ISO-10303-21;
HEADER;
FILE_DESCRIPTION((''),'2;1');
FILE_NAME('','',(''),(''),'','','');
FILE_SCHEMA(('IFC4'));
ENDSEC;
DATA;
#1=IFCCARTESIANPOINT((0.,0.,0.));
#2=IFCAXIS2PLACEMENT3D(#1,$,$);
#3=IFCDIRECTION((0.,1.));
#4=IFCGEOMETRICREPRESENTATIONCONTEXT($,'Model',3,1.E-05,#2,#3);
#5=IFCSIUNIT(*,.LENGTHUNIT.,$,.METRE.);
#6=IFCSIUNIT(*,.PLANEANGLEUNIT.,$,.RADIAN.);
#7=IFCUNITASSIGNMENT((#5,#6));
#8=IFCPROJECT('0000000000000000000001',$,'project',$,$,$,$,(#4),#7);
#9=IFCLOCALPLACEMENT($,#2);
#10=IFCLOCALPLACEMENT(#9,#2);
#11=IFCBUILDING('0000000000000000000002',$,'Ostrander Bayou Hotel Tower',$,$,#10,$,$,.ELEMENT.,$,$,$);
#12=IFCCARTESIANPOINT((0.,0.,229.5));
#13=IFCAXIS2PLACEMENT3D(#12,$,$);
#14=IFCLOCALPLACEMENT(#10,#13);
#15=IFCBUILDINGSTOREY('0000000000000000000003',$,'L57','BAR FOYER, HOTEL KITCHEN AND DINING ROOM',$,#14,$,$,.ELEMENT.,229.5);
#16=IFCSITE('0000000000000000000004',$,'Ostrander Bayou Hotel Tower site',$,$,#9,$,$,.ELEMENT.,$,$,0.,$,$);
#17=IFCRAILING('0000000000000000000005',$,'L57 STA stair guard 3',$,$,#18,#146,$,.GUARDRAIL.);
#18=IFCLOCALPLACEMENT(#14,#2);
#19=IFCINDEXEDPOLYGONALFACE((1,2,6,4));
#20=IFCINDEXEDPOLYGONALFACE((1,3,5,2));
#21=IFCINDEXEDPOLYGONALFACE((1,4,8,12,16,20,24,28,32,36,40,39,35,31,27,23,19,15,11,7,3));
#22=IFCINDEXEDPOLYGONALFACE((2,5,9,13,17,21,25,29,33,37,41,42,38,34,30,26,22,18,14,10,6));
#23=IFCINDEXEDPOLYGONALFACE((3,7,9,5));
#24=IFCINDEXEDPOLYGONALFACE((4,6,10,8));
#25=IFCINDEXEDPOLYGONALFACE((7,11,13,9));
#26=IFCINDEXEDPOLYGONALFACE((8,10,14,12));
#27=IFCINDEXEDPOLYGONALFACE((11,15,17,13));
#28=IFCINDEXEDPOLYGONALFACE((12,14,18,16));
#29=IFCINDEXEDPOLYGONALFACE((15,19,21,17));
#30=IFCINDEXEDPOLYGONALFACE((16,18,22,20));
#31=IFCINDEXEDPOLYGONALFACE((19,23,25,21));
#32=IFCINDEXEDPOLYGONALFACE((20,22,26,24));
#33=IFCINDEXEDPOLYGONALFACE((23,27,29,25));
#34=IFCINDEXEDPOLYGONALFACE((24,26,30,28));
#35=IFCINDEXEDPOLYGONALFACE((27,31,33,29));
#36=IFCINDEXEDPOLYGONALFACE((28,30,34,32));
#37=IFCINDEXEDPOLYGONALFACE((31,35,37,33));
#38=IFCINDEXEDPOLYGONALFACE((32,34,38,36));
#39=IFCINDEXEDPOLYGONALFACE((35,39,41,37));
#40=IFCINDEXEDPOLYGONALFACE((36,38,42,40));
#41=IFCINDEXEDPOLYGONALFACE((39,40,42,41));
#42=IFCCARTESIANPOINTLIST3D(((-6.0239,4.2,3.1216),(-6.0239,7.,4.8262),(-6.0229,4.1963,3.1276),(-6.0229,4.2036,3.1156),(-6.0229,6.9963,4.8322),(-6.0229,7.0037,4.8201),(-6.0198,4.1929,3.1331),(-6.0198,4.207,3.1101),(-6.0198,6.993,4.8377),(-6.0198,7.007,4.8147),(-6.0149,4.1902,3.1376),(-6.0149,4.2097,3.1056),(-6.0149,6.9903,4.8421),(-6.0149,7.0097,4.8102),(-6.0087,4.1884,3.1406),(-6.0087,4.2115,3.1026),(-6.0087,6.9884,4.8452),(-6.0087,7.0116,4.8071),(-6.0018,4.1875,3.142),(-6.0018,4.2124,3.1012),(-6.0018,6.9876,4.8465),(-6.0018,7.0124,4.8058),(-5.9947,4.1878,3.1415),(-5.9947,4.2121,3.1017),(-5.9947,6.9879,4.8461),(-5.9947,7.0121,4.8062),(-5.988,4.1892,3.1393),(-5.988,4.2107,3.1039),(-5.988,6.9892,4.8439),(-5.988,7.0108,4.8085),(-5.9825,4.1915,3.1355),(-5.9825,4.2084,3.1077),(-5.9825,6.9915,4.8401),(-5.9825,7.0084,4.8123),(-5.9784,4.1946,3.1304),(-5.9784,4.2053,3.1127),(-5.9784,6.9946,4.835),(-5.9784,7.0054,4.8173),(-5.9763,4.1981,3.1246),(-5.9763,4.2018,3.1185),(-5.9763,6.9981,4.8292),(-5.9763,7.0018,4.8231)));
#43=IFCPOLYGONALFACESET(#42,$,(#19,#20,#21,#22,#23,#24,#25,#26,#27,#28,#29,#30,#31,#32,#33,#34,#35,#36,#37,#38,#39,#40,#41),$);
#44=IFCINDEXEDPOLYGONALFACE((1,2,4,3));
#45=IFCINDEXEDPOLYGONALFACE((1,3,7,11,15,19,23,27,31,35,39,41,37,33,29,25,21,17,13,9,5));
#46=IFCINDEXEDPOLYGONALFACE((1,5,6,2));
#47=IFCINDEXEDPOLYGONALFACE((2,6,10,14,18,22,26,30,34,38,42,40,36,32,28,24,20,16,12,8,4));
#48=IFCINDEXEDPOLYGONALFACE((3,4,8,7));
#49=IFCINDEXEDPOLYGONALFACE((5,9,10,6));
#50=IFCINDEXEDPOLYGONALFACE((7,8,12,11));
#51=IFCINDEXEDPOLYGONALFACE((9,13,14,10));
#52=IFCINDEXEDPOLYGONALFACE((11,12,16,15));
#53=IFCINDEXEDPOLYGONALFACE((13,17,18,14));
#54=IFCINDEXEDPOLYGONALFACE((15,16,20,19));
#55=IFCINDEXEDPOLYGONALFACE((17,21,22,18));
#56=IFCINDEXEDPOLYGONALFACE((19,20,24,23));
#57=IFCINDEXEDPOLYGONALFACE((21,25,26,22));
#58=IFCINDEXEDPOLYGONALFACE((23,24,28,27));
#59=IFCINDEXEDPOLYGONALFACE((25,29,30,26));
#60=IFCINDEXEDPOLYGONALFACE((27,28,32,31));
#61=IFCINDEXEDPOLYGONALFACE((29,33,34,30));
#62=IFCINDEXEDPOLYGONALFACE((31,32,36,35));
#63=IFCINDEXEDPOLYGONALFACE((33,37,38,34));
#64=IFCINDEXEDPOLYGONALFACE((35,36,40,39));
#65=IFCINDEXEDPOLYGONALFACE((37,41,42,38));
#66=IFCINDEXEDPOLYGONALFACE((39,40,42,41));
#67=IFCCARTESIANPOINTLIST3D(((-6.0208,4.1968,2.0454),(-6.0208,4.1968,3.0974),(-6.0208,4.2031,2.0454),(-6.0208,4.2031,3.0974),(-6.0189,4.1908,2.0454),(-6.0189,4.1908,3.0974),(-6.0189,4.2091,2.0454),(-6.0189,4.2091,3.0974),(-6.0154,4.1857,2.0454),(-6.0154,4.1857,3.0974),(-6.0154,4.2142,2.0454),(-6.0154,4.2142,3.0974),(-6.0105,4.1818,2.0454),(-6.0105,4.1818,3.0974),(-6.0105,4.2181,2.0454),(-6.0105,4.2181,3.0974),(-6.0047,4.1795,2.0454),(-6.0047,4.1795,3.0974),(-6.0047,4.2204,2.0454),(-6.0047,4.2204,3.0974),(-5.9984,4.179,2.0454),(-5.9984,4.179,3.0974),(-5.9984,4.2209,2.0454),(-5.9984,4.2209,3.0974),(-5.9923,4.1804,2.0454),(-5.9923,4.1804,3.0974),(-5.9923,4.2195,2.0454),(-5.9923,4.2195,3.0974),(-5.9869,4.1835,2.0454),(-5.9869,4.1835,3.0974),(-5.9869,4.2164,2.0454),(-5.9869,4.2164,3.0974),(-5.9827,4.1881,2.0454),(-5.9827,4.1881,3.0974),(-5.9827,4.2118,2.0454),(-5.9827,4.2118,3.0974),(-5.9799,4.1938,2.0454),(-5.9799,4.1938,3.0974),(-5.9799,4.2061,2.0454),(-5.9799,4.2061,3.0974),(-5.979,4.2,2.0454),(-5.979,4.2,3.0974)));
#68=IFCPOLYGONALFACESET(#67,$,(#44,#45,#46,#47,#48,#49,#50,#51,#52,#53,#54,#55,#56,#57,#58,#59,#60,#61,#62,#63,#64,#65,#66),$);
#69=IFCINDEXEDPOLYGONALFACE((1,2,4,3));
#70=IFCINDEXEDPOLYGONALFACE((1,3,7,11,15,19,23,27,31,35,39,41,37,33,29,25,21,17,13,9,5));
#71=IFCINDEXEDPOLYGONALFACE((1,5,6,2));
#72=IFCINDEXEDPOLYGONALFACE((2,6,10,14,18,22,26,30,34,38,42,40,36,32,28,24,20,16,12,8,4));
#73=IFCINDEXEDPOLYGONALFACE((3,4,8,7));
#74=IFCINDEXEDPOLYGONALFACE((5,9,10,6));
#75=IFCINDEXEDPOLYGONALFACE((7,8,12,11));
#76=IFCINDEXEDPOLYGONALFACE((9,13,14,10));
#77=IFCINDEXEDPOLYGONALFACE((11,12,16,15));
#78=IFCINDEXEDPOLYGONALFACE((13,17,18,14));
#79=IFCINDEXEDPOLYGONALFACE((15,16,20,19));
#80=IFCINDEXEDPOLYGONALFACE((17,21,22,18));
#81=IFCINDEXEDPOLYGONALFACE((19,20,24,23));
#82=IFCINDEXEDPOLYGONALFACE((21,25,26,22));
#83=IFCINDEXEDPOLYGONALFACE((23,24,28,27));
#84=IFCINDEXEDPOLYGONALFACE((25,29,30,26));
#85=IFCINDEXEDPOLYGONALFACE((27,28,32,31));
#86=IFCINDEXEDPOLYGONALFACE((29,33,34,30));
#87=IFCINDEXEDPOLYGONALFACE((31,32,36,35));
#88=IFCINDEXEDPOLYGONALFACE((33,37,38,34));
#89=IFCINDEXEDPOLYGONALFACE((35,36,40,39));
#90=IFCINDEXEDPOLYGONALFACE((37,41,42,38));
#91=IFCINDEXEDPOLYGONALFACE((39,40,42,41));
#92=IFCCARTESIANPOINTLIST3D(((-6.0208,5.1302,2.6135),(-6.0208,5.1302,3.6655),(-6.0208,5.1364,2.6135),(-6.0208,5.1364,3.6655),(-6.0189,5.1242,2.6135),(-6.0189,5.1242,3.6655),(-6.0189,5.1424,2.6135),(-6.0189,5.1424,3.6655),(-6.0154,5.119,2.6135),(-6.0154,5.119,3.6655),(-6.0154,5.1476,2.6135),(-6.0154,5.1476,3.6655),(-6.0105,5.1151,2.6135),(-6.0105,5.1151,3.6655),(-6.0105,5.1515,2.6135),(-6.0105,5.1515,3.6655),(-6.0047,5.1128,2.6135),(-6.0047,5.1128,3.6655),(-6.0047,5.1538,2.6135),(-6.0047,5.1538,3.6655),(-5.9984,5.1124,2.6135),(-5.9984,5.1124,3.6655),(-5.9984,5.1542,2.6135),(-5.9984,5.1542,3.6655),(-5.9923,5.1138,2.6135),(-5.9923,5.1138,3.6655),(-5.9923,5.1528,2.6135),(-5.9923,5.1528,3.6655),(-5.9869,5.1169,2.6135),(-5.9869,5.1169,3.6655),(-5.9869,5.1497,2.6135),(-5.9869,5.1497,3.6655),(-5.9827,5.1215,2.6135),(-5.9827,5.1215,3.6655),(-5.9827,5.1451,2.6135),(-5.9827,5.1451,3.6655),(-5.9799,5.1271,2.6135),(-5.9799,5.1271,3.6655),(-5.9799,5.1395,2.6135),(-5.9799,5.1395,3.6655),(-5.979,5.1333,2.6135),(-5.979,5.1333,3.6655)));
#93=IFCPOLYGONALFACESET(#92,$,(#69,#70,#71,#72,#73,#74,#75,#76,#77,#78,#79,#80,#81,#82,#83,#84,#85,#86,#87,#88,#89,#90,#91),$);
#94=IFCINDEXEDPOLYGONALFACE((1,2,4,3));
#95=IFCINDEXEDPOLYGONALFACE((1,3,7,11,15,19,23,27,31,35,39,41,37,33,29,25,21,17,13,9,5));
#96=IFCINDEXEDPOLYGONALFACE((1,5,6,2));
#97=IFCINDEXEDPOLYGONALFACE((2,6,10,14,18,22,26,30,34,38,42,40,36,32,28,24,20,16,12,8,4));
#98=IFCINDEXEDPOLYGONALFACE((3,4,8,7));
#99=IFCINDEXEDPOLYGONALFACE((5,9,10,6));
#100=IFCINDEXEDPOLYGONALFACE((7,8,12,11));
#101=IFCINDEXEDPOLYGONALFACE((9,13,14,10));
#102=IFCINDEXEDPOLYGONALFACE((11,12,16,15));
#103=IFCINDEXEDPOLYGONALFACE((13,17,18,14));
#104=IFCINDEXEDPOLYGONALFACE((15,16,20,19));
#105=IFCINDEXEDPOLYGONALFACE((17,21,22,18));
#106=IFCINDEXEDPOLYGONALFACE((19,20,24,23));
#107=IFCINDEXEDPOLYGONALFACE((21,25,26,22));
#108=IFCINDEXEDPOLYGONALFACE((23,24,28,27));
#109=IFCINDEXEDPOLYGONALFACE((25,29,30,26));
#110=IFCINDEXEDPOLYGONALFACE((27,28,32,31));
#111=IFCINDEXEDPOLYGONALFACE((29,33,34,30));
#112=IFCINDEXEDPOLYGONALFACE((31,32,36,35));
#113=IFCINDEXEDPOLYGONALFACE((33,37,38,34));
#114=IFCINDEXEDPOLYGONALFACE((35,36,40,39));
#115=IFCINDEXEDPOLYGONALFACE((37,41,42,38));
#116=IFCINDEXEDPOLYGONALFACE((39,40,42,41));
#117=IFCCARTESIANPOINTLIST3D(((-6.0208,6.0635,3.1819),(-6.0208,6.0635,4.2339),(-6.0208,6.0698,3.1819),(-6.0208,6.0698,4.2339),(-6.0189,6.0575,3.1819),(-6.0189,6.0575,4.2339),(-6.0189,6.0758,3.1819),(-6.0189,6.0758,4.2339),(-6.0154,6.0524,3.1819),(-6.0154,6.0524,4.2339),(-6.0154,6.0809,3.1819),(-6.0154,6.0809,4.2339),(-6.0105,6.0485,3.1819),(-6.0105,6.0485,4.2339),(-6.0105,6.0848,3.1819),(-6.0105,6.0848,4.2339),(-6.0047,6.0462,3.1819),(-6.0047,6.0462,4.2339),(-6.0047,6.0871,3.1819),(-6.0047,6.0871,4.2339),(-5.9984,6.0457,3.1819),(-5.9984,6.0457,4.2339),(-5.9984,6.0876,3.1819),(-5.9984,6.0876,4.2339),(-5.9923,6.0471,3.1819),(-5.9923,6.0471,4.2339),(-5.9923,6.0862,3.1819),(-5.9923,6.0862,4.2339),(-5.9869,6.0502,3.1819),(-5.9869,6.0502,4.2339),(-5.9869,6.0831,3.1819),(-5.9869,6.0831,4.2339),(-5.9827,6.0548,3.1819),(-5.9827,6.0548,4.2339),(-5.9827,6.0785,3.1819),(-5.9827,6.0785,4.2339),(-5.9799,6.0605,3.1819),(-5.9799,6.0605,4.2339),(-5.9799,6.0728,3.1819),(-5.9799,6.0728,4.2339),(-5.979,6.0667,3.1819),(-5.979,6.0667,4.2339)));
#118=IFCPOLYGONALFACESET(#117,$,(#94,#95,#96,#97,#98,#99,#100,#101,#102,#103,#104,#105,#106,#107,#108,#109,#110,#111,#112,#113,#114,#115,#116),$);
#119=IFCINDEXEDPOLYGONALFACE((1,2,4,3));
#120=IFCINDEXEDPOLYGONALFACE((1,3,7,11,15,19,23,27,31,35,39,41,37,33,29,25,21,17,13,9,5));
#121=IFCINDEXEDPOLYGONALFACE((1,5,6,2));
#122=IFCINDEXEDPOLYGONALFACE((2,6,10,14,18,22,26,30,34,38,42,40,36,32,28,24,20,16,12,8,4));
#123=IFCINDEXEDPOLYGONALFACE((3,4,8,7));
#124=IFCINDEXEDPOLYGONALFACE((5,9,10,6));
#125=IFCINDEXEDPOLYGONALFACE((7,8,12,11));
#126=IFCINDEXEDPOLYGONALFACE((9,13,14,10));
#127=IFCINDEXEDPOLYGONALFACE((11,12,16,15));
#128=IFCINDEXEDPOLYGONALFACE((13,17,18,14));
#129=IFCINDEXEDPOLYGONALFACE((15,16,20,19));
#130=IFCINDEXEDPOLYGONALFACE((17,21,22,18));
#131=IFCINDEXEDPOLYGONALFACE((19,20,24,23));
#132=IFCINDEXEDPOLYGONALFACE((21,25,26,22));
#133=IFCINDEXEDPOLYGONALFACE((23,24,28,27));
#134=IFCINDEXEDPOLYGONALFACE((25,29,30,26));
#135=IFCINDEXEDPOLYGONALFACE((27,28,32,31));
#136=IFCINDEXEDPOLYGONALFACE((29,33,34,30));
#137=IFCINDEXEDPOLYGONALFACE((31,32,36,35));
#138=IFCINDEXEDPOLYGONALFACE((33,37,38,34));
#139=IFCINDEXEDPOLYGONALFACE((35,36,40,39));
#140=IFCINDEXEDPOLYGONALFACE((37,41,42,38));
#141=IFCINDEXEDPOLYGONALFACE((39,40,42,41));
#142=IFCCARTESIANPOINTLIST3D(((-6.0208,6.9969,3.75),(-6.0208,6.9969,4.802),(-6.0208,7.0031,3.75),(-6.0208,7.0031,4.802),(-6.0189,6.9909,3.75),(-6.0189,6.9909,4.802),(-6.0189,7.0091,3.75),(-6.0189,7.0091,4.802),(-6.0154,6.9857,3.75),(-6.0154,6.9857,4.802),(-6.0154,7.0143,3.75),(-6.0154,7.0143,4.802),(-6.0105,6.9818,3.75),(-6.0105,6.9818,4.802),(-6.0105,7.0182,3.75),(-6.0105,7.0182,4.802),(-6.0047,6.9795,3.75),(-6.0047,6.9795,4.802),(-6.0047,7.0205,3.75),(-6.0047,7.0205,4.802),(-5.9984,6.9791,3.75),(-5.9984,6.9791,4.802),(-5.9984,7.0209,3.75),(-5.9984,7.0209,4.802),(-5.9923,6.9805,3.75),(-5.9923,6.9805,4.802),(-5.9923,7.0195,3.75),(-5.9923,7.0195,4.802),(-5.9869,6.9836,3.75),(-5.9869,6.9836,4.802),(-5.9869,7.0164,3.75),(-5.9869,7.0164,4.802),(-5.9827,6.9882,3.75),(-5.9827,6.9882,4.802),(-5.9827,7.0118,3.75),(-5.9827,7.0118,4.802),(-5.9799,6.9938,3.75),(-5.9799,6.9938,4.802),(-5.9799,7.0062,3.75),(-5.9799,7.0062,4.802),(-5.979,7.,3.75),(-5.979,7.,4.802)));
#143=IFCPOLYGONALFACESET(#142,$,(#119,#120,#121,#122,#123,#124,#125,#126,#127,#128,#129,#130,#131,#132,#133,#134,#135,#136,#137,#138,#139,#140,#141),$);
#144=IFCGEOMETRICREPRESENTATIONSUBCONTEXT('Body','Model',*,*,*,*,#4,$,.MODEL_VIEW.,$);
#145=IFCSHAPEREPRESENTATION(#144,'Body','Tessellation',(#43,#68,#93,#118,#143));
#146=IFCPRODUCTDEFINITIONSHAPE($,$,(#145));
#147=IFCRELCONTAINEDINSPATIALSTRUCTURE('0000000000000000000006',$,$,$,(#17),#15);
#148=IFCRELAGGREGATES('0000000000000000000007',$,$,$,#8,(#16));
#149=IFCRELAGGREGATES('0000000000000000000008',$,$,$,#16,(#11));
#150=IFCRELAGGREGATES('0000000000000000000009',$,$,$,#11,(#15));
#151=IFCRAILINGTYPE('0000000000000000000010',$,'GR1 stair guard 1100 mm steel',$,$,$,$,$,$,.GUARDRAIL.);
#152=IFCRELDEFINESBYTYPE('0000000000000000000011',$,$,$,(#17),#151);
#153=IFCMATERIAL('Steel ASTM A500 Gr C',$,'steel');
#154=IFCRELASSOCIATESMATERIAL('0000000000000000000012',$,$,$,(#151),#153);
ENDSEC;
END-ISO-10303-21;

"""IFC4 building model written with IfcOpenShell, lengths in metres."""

from ifc_helpers import new_model, si_unit, direction, frame, origin, origin_2d, place, context, subcontext, project, spatial, circle, extrude, material, type_object, element, save


model = new_model("IFC4")

# Units and contexts
model_context = context("Model", 3, precision=1e-05, world=origin(), true_north=direction((0.0, 1.0)))
body_context = subcontext(model_context, "Body", "Model", "MODEL_VIEW")
ifc_project = project(units=[si_unit("LENGTHUNIT", "METRE"), si_unit("PLANEANGLEUNIT", "RADIAN")], contexts=[model_context])

# Site, building, storey
site_placement = place(None, origin())
site = spatial("IfcSite", under=ifc_project, at=site_placement, Name="Ostrander Bayou Hotel Tower site", CompositionType="ELEMENT", RefElevation=0.0)
building_placement = place(site_placement, origin())
building = spatial("IfcBuilding", under=site, at=building_placement, Name="Ostrander Bayou Hotel Tower", CompositionType="ELEMENT")
storey_placement = place(building_placement, frame((0.0, 0.0, 229.5)))
storey = spatial("IfcBuildingStorey", under=building, at=storey_placement, Name="L57", Description="BAR FOYER, HOTEL KITCHEN AND DINING ROOM", CompositionType="ELEMENT", Elevation=229.5)

# Railing
ifc_material_1 = material(Name="Steel ASTM A500 Gr C", Category="steel")
railing_type_1 = type_object("IfcRailingType", Name="GR1 stair guard 1100 mm steel", PredefinedType="GUARDRAIL", material=ifc_material_1)
railing_1_placement = place(storey_placement, frame((-6.0, 4.2, 2.0454)))
element("IfcRailing", 1, at=railing_1_placement, inside=storey, type_object=railing_type_1, Name="L57 STA stair guard 3", PredefinedType="GUARDRAIL", context=body_context, shape_type="SweptSolid", body=[
    extrude(circle(Radius=0.0239, at=origin_2d()), frame((0.0, 0.0, 1.0762), z_axis=(0.0, 0.85417, 0.519994), x_axis=(-1.0, 0.0, 0.0)), (0.0, 0.0, 1.0), 3.2781),
    extrude(circle(Radius=0.021, at=origin_2d()), origin(), (0.0, 0.0, 1.0), 1.052),
    extrude(circle(Radius=0.021, at=origin_2d()), frame((0.0, 0.9333, 0.5681)), (0.0, 0.0, 1.0), 1.052),
    extrude(circle(Radius=0.021, at=origin_2d()), frame((0.0, 1.8667, 1.1365)), (0.0, 0.0, 1.0), 1.052),
    extrude(circle(Radius=0.021, at=origin_2d()), frame((0.0, 2.8, 1.7046)), (0.0, 0.0, 1.0), 1.052),
])

save(model, "model.ifc")
